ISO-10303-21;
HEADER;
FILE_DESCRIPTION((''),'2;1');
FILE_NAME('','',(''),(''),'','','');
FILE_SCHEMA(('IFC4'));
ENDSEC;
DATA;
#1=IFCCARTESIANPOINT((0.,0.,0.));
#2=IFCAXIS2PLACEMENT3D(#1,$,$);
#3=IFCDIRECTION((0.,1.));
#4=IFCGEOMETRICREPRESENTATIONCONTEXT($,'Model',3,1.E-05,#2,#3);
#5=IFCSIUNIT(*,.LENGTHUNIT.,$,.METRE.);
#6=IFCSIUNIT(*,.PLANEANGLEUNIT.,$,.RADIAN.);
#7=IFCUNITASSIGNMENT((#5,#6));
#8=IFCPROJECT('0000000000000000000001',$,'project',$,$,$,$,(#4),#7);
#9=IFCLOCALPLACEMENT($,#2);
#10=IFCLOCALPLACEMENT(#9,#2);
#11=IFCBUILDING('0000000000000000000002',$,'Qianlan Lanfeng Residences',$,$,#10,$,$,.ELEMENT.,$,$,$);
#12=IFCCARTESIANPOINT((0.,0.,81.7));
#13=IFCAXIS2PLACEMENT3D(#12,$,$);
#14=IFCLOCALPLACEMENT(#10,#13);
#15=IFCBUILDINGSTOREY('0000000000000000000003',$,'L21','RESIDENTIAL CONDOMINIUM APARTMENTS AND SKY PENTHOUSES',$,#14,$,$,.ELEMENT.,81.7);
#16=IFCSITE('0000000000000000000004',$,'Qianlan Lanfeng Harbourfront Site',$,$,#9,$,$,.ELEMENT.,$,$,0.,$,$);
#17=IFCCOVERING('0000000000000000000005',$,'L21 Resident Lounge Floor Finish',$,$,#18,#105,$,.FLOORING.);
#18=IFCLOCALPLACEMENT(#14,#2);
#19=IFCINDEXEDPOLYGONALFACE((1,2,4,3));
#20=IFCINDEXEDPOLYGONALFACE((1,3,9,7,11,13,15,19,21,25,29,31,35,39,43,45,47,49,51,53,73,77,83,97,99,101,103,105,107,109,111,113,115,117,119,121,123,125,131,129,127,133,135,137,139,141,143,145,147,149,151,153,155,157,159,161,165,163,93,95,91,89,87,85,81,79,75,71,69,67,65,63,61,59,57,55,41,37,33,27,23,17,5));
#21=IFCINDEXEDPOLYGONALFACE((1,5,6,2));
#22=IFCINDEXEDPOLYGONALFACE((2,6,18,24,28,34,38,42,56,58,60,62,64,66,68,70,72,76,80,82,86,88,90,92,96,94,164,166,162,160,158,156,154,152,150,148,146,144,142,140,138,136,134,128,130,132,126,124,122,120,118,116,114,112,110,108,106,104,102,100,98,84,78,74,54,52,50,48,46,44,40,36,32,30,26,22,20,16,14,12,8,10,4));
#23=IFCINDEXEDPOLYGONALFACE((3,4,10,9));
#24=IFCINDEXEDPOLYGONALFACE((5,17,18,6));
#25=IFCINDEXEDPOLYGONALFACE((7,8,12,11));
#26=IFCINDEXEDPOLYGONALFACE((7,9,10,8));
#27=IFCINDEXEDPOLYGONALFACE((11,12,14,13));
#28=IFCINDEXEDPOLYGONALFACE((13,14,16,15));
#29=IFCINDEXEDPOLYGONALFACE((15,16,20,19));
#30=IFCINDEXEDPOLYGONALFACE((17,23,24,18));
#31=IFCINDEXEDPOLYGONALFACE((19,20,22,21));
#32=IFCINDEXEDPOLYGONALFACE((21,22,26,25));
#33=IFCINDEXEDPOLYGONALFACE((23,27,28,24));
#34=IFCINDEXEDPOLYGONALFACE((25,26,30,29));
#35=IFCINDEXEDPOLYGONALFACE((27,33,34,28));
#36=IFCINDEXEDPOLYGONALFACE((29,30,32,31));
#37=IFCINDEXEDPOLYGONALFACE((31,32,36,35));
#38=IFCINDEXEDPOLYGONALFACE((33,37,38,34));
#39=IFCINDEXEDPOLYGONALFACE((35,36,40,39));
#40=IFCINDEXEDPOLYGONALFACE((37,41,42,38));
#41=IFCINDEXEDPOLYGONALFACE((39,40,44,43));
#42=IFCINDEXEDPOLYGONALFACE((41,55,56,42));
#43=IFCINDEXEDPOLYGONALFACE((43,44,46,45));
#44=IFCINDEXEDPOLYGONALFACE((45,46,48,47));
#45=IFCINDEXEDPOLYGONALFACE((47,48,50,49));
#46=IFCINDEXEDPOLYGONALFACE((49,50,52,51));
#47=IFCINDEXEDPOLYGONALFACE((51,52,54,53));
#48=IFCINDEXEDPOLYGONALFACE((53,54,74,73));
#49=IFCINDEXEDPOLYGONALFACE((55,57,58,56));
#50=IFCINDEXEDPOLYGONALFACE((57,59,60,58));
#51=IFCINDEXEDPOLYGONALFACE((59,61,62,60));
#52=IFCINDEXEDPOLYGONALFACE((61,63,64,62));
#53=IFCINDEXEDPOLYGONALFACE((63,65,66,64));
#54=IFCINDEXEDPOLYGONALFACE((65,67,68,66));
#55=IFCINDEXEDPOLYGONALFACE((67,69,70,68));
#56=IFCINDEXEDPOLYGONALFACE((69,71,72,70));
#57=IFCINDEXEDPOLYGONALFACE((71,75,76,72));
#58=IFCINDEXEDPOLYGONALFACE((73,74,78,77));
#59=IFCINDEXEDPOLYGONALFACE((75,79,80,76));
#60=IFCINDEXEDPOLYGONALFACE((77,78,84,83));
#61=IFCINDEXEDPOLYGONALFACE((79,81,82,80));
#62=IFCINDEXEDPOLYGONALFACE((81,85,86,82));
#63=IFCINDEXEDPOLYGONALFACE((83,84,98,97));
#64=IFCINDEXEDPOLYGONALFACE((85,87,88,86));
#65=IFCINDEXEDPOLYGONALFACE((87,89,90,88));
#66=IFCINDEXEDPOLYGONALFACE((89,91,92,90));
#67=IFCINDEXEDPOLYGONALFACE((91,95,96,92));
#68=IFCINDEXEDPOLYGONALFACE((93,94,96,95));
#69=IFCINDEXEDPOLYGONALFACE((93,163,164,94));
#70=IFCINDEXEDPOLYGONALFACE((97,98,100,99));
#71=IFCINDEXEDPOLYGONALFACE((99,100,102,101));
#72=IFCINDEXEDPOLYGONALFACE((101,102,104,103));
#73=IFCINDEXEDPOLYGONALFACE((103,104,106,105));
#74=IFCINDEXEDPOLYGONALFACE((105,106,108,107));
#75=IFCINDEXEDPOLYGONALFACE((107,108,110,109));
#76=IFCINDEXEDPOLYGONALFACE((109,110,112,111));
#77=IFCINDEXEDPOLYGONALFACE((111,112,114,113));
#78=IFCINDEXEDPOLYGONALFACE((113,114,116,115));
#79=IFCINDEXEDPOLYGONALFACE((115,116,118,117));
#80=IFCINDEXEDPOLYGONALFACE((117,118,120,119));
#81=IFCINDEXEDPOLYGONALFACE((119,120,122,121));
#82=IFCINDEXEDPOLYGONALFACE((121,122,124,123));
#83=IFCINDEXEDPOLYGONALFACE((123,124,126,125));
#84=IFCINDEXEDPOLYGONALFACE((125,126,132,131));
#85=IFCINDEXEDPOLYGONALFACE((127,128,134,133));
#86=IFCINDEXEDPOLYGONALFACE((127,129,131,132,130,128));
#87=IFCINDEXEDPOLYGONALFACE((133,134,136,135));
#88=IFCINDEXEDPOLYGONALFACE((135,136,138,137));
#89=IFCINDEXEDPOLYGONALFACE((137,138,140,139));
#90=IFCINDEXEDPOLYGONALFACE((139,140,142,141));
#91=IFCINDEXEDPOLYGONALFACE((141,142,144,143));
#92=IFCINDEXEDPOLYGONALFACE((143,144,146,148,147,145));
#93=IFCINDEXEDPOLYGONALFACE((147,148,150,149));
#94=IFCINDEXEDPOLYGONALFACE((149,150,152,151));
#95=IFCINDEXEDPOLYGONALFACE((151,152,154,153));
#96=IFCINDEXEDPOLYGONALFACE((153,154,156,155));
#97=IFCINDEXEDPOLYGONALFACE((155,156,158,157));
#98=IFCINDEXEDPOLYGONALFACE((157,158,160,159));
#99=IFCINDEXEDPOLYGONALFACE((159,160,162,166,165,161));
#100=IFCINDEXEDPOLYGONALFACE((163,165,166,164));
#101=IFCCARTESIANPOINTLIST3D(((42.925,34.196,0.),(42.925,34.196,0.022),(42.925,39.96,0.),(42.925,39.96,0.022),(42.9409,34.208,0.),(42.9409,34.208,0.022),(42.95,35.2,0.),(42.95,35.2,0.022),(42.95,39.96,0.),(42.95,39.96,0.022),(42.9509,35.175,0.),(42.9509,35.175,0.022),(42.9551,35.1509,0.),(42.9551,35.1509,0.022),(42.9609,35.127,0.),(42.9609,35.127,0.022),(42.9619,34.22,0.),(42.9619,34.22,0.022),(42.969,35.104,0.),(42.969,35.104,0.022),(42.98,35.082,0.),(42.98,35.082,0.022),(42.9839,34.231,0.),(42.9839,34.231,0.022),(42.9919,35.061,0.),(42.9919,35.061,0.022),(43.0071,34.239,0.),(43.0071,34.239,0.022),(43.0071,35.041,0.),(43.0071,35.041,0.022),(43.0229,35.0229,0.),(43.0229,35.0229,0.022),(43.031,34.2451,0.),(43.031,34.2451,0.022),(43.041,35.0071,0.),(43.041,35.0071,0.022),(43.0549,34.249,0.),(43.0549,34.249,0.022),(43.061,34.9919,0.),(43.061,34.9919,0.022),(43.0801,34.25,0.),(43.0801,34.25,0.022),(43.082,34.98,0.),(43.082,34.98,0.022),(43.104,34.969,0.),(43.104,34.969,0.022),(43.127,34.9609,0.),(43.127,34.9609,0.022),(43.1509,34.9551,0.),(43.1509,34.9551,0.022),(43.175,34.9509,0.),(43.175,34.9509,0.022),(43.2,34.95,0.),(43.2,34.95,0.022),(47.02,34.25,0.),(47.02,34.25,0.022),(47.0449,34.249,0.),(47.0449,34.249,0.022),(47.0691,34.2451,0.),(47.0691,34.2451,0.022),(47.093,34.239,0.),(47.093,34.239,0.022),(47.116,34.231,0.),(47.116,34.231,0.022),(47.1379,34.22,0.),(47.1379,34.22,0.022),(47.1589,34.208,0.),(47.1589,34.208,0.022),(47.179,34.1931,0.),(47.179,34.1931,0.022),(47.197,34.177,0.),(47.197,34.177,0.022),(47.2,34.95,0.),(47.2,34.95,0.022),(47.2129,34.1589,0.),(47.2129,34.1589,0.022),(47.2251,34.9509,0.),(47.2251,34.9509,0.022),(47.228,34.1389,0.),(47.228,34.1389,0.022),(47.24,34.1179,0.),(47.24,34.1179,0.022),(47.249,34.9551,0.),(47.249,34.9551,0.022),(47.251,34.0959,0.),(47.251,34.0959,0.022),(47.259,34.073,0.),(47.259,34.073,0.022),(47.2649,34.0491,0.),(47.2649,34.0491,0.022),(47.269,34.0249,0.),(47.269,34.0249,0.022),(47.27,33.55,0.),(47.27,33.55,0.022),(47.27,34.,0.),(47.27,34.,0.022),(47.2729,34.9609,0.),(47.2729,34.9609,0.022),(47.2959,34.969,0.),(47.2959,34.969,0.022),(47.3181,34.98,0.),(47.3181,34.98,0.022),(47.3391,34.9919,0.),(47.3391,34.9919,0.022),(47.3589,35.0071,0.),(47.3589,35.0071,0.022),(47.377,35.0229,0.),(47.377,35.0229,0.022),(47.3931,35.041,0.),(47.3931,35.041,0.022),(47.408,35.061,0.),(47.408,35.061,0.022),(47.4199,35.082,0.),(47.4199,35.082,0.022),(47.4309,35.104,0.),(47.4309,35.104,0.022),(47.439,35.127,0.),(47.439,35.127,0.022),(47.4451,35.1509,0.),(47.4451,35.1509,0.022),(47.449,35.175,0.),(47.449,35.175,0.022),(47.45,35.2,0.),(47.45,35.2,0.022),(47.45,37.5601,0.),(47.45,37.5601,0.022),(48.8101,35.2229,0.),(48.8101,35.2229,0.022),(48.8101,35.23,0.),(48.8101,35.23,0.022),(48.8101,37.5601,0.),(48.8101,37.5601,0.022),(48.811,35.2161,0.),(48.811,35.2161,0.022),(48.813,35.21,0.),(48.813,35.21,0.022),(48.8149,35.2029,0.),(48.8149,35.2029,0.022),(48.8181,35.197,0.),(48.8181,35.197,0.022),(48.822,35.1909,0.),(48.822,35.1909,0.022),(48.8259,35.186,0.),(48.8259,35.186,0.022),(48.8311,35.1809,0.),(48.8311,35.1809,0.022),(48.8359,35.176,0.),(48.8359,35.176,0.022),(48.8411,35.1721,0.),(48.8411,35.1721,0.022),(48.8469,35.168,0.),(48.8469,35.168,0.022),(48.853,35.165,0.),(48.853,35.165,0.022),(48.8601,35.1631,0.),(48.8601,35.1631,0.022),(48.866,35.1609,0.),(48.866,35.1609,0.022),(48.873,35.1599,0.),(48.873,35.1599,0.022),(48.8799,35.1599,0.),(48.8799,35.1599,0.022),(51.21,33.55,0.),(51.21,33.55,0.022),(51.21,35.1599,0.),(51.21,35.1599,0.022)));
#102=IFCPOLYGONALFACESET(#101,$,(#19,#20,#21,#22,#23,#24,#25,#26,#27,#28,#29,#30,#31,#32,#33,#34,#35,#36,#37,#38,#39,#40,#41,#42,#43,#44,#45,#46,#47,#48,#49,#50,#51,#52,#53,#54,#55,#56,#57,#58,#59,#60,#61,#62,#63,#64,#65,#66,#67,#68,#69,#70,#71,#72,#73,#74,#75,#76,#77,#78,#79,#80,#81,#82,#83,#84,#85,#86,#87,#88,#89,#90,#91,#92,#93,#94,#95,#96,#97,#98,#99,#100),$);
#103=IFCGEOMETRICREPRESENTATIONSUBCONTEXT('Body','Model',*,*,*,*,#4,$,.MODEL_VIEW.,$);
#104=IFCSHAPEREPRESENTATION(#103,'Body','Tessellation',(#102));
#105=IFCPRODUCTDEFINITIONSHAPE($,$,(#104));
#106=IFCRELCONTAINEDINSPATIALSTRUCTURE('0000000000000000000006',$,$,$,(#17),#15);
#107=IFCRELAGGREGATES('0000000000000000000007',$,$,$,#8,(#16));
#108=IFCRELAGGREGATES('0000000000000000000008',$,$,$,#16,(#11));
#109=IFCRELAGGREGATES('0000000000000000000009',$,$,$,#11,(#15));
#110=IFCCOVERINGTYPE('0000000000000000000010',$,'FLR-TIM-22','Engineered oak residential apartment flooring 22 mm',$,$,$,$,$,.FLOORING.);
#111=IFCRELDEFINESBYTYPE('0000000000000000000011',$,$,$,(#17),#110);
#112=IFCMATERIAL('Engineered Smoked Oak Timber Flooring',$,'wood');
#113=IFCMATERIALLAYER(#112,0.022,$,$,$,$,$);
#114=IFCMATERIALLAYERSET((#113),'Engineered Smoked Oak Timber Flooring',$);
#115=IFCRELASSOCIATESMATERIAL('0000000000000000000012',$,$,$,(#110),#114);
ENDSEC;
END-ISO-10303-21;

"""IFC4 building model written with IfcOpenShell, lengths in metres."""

from ifc_helpers import new_model, si_unit, direction, frame, origin, place, context, subcontext, project, spatial, polyline, outline, extrude, material, layer, layer_set, type_object, element, save


model = new_model("IFC4")

# Units and contexts
model_context = context("Model", 3, precision=1e-05, world=origin(), true_north=direction((0.0, 1.0)))
body_context = subcontext(model_context, "Body", "Model", "MODEL_VIEW")
ifc_project = project(units=[si_unit("LENGTHUNIT", "METRE"), si_unit("PLANEANGLEUNIT", "RADIAN")], contexts=[model_context])

# Site, building, storey
site_placement = place(None, origin())
site = spatial("IfcSite", under=ifc_project, at=site_placement, Name="Qianlan Lanfeng Harbourfront Site", CompositionType="ELEMENT", RefElevation=0.0)
building_placement = place(site_placement, origin())
building = spatial("IfcBuilding", under=site, at=building_placement, Name="Qianlan Lanfeng Residences", CompositionType="ELEMENT")
storey_placement = place(building_placement, frame((0.0, 0.0, 81.7)))
storey = spatial("IfcBuildingStorey", under=building, at=storey_placement, Name="L21", Description="RESIDENTIAL CONDOMINIUM APARTMENTS AND SKY PENTHOUSES", CompositionType="ELEMENT", Elevation=81.7)

# Covering
ifc_material_1 = material(Name="Engineered Smoked Oak Timber Flooring", Category="wood")
ifc_layer_1 = layer(ifc_material_1, 0.022)
ifc_layer_set_1 = layer_set([ifc_layer_1], Name="Engineered Smoked Oak Timber Flooring")
covering_type_1 = type_object("IfcCoveringType", Name="FLR-TIM-22", Description="Engineered oak residential apartment flooring 22 mm", PredefinedType="FLOORING", material=ifc_layer_set_1)
covering_1_placement = place(storey_placement, origin())
element("IfcCovering", 1, at=covering_1_placement, inside=storey, type_object=covering_type_1, Name="L21 Resident Lounge Floor Finish", PredefinedType="FLOORING", context=body_context, shape_type="SweptSolid", body=[
    extrude(outline(polyline([(42.925, 34.196), (42.9409, 34.208), (42.9619, 34.22), (42.9839, 34.231), (43.0071, 34.239), (43.031, 34.2451), (43.0549, 34.249), (43.0801, 34.25), (47.02, 34.25), (47.0449, 34.249), (47.0691, 34.2451), (47.093, 34.239), (47.116, 34.231), (47.1379, 34.22), (47.1589, 34.208), (47.179, 34.1931), (47.197, 34.177), (47.2129, 34.1589), (47.228, 34.1389), (47.24, 34.1179), (47.251, 34.0959), (47.259, 34.073), (47.2649, 34.0491), (47.269, 34.0249), (47.27, 34.0), (47.27, 33.55), (51.21, 33.55), (51.21, 35.1599), (48.8799, 35.1599), (48.873, 35.1599), (48.866, 35.1609), (48.8601, 35.1631), (48.853, 35.165), (48.8469, 35.168), (48.8411, 35.1721), (48.8359, 35.176), (48.8311, 35.1809), (48.8259, 35.186), (48.822, 35.1909), (48.8181, 35.197), (48.8149, 35.2029), (48.813, 35.21), (48.811, 35.2161), (48.8101, 35.2229), (48.8101, 35.23), (48.8101, 37.5601), (47.45, 37.5601), (47.45, 35.2), (47.449, 35.175), (47.4451, 35.1509), (47.439, 35.127), (47.4309, 35.104), (47.4199, 35.082), (47.408, 35.061), (47.3931, 35.041), (47.377, 35.0229), (47.3589, 35.0071), (47.3391, 34.9919), (47.3181, 34.98), (47.2959, 34.969), (47.2729, 34.9609), (47.249, 34.9551), (47.2251, 34.9509), (47.2, 34.95), (43.2, 34.95), (43.175, 34.9509), (43.1509, 34.9551), (43.127, 34.9609), (43.104, 34.969), (43.082, 34.98), (43.061, 34.9919), (43.041, 35.0071), (43.0229, 35.0229), (43.0071, 35.041), (42.9919, 35.061), (42.98, 35.082), (42.969, 35.104), (42.9609, 35.127), (42.9551, 35.1509), (42.9509, 35.175), (42.95, 35.2), (42.95, 39.96), (42.925, 39.96), (42.925, 34.196)])), origin(), (0.0, 0.0, 1.0), 0.022),
])

save(model, "model.ifc")
